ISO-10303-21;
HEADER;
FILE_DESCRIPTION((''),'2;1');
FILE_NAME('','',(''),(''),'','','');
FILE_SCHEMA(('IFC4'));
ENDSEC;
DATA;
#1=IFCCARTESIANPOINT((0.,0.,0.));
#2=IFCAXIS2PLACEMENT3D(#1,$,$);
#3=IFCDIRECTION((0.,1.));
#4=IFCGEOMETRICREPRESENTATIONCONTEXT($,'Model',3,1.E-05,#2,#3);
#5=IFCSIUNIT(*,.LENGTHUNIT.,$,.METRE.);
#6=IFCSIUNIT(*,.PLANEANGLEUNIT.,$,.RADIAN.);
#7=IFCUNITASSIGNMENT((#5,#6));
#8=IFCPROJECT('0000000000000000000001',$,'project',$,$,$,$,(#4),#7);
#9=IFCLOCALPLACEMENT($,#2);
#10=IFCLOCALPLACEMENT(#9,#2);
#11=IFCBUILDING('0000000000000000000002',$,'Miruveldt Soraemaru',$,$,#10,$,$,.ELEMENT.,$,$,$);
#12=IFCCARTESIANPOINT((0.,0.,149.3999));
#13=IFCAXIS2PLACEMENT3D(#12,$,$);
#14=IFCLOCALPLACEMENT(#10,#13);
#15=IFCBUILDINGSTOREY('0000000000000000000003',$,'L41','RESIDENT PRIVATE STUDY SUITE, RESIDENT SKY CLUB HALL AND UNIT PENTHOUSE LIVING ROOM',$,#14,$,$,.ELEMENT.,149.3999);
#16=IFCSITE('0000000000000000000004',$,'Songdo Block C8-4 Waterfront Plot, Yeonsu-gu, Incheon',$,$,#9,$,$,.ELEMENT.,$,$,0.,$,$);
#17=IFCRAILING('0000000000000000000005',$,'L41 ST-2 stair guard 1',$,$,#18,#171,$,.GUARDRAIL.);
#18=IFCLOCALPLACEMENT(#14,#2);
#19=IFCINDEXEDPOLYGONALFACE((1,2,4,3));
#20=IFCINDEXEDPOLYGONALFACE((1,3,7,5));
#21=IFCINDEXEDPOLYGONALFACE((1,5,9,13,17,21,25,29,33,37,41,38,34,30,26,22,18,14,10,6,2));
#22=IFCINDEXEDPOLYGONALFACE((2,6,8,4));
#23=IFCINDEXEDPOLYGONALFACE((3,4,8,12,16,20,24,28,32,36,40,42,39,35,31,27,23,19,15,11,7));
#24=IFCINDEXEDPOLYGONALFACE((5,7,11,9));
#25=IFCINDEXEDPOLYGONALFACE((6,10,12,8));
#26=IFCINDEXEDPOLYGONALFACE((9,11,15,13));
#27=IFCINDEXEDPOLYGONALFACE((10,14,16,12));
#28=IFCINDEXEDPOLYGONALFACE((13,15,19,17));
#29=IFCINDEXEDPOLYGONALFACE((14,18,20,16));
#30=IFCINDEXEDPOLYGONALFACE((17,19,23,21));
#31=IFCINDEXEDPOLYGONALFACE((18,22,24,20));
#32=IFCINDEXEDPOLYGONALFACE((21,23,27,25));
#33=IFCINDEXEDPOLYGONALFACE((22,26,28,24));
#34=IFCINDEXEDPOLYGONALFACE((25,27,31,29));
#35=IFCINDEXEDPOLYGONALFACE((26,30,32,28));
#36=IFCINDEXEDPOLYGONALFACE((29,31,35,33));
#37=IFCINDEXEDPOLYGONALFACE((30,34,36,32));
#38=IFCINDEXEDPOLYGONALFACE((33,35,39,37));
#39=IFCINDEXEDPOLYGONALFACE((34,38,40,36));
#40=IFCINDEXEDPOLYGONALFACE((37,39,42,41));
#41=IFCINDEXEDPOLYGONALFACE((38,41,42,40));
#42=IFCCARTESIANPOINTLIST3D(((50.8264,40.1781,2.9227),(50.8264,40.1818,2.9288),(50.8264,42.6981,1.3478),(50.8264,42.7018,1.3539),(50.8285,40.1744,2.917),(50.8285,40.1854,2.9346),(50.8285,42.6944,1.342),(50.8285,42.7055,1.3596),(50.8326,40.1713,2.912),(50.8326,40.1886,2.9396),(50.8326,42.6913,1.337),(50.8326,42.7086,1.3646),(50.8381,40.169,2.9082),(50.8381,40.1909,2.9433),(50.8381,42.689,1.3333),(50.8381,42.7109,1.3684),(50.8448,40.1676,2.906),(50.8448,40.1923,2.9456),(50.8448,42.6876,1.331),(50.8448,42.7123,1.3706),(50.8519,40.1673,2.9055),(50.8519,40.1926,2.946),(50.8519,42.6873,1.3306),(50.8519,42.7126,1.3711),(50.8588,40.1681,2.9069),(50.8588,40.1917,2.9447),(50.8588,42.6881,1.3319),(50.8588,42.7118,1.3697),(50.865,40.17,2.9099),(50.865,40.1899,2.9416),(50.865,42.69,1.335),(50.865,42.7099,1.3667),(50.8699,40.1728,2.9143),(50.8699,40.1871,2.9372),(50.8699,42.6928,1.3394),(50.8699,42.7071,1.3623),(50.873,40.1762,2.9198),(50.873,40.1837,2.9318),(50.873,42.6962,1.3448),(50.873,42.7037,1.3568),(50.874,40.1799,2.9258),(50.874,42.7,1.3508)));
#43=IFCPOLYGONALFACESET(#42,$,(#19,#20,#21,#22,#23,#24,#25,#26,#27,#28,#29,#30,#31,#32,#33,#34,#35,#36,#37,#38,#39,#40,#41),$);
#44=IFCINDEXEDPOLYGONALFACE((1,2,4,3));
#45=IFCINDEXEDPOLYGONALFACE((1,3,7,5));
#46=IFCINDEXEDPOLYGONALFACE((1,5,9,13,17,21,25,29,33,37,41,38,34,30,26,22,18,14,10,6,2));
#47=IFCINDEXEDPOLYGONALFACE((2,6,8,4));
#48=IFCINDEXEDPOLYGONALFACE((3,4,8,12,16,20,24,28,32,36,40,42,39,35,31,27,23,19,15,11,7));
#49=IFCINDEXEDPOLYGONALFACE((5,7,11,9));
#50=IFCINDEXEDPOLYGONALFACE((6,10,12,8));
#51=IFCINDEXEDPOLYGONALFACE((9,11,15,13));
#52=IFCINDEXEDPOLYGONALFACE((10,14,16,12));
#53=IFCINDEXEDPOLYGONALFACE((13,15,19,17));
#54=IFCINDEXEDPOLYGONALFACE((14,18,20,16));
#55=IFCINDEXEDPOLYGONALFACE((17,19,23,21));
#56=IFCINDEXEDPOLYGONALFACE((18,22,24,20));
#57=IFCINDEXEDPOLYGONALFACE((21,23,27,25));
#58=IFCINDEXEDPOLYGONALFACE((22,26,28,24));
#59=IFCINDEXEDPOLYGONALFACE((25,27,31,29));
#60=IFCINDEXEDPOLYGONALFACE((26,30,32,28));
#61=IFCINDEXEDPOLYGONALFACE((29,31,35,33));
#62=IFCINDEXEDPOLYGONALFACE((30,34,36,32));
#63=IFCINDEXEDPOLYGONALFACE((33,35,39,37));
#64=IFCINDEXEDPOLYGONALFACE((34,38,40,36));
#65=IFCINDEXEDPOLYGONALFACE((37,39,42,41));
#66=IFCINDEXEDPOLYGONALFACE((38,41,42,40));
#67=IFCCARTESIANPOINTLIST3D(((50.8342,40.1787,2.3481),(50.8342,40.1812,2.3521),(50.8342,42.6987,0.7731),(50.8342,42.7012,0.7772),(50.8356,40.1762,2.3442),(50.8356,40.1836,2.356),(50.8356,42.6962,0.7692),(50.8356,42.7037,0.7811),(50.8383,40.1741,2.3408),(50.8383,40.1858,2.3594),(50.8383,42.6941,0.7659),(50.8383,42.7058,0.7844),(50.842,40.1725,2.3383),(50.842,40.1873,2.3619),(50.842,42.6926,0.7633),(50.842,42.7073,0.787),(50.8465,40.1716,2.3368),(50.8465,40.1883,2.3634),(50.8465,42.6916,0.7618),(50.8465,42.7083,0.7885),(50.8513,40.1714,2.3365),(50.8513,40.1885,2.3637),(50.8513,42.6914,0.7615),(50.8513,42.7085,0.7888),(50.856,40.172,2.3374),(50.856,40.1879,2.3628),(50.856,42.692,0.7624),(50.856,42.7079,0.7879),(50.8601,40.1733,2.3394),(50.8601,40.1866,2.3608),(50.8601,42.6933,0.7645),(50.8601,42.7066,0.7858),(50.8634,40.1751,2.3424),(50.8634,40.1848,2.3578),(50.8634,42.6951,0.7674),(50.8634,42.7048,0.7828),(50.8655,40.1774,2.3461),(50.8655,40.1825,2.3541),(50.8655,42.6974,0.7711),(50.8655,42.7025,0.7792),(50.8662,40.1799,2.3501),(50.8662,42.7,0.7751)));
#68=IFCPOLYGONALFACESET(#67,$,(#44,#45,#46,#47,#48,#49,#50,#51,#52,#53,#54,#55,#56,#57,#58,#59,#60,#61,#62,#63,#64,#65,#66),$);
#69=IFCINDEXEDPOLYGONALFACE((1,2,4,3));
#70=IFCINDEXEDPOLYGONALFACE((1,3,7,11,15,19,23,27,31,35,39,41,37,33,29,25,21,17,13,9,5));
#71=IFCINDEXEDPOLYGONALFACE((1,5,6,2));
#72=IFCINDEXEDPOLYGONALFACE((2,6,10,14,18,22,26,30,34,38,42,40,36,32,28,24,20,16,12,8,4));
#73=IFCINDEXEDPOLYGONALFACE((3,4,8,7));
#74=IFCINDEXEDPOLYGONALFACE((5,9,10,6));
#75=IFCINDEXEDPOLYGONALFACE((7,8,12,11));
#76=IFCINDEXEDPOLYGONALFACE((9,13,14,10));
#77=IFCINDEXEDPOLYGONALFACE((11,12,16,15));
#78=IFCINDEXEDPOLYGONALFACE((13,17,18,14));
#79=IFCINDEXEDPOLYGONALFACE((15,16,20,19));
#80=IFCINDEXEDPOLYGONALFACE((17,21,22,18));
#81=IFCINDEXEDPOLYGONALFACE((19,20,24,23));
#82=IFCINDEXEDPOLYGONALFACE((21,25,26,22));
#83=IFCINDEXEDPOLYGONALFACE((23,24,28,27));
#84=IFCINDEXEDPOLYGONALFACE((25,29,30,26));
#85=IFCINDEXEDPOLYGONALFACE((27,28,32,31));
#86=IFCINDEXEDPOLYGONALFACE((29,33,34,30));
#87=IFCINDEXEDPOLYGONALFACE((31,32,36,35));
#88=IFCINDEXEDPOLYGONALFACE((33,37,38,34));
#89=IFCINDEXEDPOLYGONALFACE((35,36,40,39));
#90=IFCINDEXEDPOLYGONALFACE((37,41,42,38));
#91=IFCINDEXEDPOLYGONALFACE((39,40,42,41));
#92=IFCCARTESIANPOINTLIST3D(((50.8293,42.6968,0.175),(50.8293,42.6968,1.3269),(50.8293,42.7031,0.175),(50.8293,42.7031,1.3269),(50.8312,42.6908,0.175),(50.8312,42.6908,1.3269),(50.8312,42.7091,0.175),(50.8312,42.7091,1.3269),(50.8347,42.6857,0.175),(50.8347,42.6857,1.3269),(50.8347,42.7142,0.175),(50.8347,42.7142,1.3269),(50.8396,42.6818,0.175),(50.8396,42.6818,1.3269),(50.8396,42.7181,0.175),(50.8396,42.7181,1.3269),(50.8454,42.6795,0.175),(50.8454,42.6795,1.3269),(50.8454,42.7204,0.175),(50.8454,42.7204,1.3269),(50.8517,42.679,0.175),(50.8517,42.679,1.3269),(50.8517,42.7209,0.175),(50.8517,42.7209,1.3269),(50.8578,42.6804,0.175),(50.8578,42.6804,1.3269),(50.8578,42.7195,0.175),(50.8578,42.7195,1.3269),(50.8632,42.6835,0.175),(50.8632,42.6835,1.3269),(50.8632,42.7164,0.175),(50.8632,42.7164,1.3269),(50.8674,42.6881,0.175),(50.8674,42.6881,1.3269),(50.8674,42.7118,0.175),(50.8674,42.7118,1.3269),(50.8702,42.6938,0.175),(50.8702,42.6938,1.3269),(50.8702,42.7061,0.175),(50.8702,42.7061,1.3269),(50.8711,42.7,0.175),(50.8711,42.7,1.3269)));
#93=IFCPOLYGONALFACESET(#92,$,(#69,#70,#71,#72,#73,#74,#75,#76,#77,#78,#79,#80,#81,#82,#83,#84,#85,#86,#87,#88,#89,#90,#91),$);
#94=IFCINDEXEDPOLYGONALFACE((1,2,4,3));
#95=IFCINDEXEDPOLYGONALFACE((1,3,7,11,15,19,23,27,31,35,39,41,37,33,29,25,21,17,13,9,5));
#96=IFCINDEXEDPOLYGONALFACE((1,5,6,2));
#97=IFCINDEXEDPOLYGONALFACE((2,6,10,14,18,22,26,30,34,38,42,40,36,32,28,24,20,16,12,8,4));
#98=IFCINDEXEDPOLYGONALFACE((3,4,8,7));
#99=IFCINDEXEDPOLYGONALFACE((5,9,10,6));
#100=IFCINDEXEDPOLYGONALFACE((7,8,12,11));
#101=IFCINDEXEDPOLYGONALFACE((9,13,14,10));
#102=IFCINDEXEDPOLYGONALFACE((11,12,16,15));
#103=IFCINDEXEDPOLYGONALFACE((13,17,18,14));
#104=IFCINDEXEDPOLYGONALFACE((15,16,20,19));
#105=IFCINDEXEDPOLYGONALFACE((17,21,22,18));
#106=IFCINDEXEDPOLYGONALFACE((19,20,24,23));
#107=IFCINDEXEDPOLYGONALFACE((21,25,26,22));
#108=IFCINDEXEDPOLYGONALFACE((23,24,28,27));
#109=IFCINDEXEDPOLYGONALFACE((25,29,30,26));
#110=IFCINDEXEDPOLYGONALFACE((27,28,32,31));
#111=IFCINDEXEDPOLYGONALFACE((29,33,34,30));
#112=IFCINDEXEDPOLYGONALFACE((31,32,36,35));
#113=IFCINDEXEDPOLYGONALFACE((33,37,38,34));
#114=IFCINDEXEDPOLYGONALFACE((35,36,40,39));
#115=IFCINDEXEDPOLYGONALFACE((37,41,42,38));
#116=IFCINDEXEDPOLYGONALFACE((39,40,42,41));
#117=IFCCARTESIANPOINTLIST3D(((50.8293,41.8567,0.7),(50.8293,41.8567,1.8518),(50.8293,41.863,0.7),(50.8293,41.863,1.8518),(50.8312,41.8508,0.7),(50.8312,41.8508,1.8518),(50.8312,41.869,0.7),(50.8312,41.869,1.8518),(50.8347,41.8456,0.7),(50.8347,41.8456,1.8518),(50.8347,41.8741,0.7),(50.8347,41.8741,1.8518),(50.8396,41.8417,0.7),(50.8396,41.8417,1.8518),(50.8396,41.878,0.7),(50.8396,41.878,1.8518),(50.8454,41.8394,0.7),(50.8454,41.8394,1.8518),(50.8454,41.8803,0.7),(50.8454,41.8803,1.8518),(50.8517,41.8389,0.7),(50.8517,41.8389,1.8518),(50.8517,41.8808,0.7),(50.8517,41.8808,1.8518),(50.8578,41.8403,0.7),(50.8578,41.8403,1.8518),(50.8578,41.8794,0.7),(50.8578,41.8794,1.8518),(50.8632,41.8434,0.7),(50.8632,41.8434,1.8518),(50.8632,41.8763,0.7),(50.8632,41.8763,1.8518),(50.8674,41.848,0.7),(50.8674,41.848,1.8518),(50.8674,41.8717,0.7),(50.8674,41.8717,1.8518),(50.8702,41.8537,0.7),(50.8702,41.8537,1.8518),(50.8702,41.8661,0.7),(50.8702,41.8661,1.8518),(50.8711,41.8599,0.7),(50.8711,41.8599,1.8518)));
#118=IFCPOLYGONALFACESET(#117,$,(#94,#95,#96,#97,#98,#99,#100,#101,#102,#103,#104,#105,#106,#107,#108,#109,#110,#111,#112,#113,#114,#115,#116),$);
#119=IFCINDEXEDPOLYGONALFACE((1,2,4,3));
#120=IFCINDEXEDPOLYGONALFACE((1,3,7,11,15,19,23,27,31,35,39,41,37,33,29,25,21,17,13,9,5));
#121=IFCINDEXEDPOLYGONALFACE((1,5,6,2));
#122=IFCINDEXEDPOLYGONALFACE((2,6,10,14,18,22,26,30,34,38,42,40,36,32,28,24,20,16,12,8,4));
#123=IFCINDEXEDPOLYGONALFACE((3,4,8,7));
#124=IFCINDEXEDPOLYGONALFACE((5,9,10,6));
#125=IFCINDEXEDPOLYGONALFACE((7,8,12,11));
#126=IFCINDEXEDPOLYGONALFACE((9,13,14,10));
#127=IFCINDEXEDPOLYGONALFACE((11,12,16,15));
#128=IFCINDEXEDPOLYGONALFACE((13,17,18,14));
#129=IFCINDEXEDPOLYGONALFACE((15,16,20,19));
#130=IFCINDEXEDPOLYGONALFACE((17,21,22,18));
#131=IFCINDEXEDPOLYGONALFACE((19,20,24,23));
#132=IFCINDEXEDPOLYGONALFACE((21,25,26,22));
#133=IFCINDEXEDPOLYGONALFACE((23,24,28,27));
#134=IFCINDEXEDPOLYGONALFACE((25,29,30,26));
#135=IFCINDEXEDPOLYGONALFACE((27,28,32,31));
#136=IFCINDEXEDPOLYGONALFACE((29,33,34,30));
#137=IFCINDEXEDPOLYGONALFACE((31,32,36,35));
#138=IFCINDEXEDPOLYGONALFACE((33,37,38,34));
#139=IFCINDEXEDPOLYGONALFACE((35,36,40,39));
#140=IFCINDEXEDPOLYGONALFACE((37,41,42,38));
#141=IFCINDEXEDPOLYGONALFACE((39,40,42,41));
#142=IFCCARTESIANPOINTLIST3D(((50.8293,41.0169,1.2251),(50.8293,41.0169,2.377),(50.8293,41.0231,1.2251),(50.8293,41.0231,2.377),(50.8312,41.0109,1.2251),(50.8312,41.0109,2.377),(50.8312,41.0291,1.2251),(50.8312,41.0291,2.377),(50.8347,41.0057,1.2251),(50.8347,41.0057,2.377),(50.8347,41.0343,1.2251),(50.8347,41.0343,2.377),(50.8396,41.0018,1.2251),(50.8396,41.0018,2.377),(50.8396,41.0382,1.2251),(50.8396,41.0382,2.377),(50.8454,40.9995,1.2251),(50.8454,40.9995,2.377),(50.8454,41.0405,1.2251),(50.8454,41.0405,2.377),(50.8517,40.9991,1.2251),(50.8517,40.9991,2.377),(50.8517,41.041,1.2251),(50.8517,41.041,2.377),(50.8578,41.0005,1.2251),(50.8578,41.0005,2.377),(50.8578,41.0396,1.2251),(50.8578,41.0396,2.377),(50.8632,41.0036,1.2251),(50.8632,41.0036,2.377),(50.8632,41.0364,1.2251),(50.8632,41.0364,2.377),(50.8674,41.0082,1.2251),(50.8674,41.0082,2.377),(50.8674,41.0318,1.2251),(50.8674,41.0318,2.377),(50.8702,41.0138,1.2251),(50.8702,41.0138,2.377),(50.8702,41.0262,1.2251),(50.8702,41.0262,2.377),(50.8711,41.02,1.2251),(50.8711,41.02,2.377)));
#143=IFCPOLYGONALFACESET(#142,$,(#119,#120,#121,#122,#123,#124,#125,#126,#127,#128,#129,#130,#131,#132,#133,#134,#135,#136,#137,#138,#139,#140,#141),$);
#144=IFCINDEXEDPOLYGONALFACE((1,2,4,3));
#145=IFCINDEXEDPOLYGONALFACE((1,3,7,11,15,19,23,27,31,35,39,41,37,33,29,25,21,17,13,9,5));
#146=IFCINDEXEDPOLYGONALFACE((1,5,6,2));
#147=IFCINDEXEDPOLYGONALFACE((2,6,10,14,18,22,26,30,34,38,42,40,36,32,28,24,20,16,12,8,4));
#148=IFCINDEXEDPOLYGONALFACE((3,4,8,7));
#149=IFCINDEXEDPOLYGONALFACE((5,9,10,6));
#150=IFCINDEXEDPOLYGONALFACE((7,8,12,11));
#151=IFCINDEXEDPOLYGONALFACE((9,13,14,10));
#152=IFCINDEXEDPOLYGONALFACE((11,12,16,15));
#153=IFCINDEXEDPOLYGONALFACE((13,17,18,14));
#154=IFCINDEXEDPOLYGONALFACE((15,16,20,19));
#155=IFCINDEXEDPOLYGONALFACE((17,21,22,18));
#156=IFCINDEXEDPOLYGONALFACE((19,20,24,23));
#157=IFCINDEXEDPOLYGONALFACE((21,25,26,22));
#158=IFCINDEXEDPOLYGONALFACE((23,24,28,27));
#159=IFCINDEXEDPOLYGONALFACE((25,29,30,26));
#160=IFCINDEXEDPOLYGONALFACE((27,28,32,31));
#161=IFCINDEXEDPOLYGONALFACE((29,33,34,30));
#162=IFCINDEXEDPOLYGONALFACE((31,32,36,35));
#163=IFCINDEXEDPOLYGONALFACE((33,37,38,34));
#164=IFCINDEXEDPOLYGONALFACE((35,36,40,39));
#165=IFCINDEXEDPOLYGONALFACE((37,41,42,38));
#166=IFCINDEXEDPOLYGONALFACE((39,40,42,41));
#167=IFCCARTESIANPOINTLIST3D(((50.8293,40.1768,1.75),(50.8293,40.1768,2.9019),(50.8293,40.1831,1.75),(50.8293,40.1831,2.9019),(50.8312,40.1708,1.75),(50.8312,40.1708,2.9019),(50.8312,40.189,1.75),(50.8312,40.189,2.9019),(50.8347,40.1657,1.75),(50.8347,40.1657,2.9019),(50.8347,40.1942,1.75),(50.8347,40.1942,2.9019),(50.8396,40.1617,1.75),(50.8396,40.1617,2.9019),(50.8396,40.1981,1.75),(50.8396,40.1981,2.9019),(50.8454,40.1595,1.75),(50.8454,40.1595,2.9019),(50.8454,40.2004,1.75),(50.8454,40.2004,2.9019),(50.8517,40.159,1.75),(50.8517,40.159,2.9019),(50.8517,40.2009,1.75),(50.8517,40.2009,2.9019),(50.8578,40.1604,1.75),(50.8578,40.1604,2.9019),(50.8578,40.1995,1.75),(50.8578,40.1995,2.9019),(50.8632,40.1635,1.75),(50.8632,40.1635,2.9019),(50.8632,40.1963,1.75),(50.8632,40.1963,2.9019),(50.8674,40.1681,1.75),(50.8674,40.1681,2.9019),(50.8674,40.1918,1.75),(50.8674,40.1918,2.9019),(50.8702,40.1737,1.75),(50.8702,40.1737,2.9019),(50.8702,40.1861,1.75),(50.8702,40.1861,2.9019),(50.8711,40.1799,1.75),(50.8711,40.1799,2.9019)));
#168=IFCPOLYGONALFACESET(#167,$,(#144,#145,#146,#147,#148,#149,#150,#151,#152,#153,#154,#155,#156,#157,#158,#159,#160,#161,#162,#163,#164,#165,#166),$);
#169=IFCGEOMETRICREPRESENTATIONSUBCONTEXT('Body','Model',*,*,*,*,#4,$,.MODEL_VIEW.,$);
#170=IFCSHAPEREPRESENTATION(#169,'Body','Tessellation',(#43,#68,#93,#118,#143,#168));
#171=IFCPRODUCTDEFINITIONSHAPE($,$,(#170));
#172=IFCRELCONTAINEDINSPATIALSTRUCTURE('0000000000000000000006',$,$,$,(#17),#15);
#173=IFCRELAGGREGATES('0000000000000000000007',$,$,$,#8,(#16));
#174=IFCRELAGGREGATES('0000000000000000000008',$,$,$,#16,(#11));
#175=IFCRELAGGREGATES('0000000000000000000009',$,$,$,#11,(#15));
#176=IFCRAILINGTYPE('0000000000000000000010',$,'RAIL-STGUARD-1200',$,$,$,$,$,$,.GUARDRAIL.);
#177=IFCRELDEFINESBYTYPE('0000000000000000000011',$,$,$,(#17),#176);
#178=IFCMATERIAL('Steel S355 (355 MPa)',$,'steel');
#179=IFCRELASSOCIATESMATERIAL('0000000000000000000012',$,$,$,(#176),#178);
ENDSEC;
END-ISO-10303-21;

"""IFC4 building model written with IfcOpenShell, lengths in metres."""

from ifc_helpers import new_model, si_unit, direction, frame, origin, origin_2d, place, context, subcontext, project, spatial, circle, extrude, material, type_object, element, save


model = new_model("IFC4")

# Units and contexts
model_context = context("Model", 3, precision=1e-05, world=origin(), true_north=direction((0.0, 1.0)))
body_context = subcontext(model_context, "Body", "Model", "MODEL_VIEW")
ifc_project = project(units=[si_unit("LENGTHUNIT", "METRE"), si_unit("PLANEANGLEUNIT", "RADIAN")], contexts=[model_context])

# Site, building, storey
site_placement = place(None, origin())
site = spatial("IfcSite", under=ifc_project, at=site_placement, Name="Songdo Block C8-4 Waterfront Plot, Yeonsu-gu, Incheon", CompositionType="ELEMENT", RefElevation=0.0)
building_placement = place(site_placement, origin())
building = spatial("IfcBuilding", under=site, at=building_placement, Name="Miruveldt Soraemaru", CompositionType="ELEMENT")
storey_placement = place(building_placement, frame((0.0, 0.0, 149.3999)))
storey = spatial("IfcBuildingStorey", under=building, at=storey_placement, Name="L41", Description="RESIDENT PRIVATE STUDY SUITE, RESIDENT SKY CLUB HALL AND UNIT PENTHOUSE LIVING ROOM", CompositionType="ELEMENT", Elevation=149.3999)

# Railing
ifc_material_1 = material(Name="Steel S355 (355 MPa)", Category="steel")
railing_type_1 = type_object("IfcRailingType", Name="RAIL-STGUARD-1200", PredefinedType="GUARDRAIL", material=ifc_material_1)
railing_1_placement = place(storey_placement, frame((50.8501, 42.7, 0.175)))
element("IfcRailing", 1, at=railing_1_placement, inside=storey, type_object=railing_type_1, Name="L41 ST-2 stair guard 1", PredefinedType="GUARDRAIL", context=body_context, shape_type="SweptSolid", body=[
    extrude(circle(Radius=0.0239, at=origin_2d()), frame((0.0, 0.0, 1.1758), z_axis=(0.0, -0.848008, 0.529984), x_axis=(1.0, 0.0, 0.0)), (0.0, 0.0, 1.0), 2.9717),
    extrude(circle(Radius=0.0161, at=origin_2d()), frame((0.0, 0.0, 0.6001), z_axis=(0.0, -0.848008, 0.529984), x_axis=(1.0, 0.0, 0.0)), (0.0, 0.0, 1.0), 2.9717),
    extrude(circle(Radius=0.021, at=origin_2d()), origin(), (0.0, 0.0, 1.0), 1.1519),
    extrude(circle(Radius=0.021, at=origin_2d()), frame((0.0, -0.8401, 0.5249)), (0.0, 0.0, 1.0), 1.1519),
    extrude(circle(Radius=0.021, at=origin_2d()), frame((0.0, -1.6799, 1.05)), (0.0, 0.0, 1.0), 1.1519),
    extrude(circle(Radius=0.021, at=origin_2d()), frame((0.0, -2.52, 1.575)), (0.0, 0.0, 1.0), 1.1519),
])

save(model, "model.ifc")
